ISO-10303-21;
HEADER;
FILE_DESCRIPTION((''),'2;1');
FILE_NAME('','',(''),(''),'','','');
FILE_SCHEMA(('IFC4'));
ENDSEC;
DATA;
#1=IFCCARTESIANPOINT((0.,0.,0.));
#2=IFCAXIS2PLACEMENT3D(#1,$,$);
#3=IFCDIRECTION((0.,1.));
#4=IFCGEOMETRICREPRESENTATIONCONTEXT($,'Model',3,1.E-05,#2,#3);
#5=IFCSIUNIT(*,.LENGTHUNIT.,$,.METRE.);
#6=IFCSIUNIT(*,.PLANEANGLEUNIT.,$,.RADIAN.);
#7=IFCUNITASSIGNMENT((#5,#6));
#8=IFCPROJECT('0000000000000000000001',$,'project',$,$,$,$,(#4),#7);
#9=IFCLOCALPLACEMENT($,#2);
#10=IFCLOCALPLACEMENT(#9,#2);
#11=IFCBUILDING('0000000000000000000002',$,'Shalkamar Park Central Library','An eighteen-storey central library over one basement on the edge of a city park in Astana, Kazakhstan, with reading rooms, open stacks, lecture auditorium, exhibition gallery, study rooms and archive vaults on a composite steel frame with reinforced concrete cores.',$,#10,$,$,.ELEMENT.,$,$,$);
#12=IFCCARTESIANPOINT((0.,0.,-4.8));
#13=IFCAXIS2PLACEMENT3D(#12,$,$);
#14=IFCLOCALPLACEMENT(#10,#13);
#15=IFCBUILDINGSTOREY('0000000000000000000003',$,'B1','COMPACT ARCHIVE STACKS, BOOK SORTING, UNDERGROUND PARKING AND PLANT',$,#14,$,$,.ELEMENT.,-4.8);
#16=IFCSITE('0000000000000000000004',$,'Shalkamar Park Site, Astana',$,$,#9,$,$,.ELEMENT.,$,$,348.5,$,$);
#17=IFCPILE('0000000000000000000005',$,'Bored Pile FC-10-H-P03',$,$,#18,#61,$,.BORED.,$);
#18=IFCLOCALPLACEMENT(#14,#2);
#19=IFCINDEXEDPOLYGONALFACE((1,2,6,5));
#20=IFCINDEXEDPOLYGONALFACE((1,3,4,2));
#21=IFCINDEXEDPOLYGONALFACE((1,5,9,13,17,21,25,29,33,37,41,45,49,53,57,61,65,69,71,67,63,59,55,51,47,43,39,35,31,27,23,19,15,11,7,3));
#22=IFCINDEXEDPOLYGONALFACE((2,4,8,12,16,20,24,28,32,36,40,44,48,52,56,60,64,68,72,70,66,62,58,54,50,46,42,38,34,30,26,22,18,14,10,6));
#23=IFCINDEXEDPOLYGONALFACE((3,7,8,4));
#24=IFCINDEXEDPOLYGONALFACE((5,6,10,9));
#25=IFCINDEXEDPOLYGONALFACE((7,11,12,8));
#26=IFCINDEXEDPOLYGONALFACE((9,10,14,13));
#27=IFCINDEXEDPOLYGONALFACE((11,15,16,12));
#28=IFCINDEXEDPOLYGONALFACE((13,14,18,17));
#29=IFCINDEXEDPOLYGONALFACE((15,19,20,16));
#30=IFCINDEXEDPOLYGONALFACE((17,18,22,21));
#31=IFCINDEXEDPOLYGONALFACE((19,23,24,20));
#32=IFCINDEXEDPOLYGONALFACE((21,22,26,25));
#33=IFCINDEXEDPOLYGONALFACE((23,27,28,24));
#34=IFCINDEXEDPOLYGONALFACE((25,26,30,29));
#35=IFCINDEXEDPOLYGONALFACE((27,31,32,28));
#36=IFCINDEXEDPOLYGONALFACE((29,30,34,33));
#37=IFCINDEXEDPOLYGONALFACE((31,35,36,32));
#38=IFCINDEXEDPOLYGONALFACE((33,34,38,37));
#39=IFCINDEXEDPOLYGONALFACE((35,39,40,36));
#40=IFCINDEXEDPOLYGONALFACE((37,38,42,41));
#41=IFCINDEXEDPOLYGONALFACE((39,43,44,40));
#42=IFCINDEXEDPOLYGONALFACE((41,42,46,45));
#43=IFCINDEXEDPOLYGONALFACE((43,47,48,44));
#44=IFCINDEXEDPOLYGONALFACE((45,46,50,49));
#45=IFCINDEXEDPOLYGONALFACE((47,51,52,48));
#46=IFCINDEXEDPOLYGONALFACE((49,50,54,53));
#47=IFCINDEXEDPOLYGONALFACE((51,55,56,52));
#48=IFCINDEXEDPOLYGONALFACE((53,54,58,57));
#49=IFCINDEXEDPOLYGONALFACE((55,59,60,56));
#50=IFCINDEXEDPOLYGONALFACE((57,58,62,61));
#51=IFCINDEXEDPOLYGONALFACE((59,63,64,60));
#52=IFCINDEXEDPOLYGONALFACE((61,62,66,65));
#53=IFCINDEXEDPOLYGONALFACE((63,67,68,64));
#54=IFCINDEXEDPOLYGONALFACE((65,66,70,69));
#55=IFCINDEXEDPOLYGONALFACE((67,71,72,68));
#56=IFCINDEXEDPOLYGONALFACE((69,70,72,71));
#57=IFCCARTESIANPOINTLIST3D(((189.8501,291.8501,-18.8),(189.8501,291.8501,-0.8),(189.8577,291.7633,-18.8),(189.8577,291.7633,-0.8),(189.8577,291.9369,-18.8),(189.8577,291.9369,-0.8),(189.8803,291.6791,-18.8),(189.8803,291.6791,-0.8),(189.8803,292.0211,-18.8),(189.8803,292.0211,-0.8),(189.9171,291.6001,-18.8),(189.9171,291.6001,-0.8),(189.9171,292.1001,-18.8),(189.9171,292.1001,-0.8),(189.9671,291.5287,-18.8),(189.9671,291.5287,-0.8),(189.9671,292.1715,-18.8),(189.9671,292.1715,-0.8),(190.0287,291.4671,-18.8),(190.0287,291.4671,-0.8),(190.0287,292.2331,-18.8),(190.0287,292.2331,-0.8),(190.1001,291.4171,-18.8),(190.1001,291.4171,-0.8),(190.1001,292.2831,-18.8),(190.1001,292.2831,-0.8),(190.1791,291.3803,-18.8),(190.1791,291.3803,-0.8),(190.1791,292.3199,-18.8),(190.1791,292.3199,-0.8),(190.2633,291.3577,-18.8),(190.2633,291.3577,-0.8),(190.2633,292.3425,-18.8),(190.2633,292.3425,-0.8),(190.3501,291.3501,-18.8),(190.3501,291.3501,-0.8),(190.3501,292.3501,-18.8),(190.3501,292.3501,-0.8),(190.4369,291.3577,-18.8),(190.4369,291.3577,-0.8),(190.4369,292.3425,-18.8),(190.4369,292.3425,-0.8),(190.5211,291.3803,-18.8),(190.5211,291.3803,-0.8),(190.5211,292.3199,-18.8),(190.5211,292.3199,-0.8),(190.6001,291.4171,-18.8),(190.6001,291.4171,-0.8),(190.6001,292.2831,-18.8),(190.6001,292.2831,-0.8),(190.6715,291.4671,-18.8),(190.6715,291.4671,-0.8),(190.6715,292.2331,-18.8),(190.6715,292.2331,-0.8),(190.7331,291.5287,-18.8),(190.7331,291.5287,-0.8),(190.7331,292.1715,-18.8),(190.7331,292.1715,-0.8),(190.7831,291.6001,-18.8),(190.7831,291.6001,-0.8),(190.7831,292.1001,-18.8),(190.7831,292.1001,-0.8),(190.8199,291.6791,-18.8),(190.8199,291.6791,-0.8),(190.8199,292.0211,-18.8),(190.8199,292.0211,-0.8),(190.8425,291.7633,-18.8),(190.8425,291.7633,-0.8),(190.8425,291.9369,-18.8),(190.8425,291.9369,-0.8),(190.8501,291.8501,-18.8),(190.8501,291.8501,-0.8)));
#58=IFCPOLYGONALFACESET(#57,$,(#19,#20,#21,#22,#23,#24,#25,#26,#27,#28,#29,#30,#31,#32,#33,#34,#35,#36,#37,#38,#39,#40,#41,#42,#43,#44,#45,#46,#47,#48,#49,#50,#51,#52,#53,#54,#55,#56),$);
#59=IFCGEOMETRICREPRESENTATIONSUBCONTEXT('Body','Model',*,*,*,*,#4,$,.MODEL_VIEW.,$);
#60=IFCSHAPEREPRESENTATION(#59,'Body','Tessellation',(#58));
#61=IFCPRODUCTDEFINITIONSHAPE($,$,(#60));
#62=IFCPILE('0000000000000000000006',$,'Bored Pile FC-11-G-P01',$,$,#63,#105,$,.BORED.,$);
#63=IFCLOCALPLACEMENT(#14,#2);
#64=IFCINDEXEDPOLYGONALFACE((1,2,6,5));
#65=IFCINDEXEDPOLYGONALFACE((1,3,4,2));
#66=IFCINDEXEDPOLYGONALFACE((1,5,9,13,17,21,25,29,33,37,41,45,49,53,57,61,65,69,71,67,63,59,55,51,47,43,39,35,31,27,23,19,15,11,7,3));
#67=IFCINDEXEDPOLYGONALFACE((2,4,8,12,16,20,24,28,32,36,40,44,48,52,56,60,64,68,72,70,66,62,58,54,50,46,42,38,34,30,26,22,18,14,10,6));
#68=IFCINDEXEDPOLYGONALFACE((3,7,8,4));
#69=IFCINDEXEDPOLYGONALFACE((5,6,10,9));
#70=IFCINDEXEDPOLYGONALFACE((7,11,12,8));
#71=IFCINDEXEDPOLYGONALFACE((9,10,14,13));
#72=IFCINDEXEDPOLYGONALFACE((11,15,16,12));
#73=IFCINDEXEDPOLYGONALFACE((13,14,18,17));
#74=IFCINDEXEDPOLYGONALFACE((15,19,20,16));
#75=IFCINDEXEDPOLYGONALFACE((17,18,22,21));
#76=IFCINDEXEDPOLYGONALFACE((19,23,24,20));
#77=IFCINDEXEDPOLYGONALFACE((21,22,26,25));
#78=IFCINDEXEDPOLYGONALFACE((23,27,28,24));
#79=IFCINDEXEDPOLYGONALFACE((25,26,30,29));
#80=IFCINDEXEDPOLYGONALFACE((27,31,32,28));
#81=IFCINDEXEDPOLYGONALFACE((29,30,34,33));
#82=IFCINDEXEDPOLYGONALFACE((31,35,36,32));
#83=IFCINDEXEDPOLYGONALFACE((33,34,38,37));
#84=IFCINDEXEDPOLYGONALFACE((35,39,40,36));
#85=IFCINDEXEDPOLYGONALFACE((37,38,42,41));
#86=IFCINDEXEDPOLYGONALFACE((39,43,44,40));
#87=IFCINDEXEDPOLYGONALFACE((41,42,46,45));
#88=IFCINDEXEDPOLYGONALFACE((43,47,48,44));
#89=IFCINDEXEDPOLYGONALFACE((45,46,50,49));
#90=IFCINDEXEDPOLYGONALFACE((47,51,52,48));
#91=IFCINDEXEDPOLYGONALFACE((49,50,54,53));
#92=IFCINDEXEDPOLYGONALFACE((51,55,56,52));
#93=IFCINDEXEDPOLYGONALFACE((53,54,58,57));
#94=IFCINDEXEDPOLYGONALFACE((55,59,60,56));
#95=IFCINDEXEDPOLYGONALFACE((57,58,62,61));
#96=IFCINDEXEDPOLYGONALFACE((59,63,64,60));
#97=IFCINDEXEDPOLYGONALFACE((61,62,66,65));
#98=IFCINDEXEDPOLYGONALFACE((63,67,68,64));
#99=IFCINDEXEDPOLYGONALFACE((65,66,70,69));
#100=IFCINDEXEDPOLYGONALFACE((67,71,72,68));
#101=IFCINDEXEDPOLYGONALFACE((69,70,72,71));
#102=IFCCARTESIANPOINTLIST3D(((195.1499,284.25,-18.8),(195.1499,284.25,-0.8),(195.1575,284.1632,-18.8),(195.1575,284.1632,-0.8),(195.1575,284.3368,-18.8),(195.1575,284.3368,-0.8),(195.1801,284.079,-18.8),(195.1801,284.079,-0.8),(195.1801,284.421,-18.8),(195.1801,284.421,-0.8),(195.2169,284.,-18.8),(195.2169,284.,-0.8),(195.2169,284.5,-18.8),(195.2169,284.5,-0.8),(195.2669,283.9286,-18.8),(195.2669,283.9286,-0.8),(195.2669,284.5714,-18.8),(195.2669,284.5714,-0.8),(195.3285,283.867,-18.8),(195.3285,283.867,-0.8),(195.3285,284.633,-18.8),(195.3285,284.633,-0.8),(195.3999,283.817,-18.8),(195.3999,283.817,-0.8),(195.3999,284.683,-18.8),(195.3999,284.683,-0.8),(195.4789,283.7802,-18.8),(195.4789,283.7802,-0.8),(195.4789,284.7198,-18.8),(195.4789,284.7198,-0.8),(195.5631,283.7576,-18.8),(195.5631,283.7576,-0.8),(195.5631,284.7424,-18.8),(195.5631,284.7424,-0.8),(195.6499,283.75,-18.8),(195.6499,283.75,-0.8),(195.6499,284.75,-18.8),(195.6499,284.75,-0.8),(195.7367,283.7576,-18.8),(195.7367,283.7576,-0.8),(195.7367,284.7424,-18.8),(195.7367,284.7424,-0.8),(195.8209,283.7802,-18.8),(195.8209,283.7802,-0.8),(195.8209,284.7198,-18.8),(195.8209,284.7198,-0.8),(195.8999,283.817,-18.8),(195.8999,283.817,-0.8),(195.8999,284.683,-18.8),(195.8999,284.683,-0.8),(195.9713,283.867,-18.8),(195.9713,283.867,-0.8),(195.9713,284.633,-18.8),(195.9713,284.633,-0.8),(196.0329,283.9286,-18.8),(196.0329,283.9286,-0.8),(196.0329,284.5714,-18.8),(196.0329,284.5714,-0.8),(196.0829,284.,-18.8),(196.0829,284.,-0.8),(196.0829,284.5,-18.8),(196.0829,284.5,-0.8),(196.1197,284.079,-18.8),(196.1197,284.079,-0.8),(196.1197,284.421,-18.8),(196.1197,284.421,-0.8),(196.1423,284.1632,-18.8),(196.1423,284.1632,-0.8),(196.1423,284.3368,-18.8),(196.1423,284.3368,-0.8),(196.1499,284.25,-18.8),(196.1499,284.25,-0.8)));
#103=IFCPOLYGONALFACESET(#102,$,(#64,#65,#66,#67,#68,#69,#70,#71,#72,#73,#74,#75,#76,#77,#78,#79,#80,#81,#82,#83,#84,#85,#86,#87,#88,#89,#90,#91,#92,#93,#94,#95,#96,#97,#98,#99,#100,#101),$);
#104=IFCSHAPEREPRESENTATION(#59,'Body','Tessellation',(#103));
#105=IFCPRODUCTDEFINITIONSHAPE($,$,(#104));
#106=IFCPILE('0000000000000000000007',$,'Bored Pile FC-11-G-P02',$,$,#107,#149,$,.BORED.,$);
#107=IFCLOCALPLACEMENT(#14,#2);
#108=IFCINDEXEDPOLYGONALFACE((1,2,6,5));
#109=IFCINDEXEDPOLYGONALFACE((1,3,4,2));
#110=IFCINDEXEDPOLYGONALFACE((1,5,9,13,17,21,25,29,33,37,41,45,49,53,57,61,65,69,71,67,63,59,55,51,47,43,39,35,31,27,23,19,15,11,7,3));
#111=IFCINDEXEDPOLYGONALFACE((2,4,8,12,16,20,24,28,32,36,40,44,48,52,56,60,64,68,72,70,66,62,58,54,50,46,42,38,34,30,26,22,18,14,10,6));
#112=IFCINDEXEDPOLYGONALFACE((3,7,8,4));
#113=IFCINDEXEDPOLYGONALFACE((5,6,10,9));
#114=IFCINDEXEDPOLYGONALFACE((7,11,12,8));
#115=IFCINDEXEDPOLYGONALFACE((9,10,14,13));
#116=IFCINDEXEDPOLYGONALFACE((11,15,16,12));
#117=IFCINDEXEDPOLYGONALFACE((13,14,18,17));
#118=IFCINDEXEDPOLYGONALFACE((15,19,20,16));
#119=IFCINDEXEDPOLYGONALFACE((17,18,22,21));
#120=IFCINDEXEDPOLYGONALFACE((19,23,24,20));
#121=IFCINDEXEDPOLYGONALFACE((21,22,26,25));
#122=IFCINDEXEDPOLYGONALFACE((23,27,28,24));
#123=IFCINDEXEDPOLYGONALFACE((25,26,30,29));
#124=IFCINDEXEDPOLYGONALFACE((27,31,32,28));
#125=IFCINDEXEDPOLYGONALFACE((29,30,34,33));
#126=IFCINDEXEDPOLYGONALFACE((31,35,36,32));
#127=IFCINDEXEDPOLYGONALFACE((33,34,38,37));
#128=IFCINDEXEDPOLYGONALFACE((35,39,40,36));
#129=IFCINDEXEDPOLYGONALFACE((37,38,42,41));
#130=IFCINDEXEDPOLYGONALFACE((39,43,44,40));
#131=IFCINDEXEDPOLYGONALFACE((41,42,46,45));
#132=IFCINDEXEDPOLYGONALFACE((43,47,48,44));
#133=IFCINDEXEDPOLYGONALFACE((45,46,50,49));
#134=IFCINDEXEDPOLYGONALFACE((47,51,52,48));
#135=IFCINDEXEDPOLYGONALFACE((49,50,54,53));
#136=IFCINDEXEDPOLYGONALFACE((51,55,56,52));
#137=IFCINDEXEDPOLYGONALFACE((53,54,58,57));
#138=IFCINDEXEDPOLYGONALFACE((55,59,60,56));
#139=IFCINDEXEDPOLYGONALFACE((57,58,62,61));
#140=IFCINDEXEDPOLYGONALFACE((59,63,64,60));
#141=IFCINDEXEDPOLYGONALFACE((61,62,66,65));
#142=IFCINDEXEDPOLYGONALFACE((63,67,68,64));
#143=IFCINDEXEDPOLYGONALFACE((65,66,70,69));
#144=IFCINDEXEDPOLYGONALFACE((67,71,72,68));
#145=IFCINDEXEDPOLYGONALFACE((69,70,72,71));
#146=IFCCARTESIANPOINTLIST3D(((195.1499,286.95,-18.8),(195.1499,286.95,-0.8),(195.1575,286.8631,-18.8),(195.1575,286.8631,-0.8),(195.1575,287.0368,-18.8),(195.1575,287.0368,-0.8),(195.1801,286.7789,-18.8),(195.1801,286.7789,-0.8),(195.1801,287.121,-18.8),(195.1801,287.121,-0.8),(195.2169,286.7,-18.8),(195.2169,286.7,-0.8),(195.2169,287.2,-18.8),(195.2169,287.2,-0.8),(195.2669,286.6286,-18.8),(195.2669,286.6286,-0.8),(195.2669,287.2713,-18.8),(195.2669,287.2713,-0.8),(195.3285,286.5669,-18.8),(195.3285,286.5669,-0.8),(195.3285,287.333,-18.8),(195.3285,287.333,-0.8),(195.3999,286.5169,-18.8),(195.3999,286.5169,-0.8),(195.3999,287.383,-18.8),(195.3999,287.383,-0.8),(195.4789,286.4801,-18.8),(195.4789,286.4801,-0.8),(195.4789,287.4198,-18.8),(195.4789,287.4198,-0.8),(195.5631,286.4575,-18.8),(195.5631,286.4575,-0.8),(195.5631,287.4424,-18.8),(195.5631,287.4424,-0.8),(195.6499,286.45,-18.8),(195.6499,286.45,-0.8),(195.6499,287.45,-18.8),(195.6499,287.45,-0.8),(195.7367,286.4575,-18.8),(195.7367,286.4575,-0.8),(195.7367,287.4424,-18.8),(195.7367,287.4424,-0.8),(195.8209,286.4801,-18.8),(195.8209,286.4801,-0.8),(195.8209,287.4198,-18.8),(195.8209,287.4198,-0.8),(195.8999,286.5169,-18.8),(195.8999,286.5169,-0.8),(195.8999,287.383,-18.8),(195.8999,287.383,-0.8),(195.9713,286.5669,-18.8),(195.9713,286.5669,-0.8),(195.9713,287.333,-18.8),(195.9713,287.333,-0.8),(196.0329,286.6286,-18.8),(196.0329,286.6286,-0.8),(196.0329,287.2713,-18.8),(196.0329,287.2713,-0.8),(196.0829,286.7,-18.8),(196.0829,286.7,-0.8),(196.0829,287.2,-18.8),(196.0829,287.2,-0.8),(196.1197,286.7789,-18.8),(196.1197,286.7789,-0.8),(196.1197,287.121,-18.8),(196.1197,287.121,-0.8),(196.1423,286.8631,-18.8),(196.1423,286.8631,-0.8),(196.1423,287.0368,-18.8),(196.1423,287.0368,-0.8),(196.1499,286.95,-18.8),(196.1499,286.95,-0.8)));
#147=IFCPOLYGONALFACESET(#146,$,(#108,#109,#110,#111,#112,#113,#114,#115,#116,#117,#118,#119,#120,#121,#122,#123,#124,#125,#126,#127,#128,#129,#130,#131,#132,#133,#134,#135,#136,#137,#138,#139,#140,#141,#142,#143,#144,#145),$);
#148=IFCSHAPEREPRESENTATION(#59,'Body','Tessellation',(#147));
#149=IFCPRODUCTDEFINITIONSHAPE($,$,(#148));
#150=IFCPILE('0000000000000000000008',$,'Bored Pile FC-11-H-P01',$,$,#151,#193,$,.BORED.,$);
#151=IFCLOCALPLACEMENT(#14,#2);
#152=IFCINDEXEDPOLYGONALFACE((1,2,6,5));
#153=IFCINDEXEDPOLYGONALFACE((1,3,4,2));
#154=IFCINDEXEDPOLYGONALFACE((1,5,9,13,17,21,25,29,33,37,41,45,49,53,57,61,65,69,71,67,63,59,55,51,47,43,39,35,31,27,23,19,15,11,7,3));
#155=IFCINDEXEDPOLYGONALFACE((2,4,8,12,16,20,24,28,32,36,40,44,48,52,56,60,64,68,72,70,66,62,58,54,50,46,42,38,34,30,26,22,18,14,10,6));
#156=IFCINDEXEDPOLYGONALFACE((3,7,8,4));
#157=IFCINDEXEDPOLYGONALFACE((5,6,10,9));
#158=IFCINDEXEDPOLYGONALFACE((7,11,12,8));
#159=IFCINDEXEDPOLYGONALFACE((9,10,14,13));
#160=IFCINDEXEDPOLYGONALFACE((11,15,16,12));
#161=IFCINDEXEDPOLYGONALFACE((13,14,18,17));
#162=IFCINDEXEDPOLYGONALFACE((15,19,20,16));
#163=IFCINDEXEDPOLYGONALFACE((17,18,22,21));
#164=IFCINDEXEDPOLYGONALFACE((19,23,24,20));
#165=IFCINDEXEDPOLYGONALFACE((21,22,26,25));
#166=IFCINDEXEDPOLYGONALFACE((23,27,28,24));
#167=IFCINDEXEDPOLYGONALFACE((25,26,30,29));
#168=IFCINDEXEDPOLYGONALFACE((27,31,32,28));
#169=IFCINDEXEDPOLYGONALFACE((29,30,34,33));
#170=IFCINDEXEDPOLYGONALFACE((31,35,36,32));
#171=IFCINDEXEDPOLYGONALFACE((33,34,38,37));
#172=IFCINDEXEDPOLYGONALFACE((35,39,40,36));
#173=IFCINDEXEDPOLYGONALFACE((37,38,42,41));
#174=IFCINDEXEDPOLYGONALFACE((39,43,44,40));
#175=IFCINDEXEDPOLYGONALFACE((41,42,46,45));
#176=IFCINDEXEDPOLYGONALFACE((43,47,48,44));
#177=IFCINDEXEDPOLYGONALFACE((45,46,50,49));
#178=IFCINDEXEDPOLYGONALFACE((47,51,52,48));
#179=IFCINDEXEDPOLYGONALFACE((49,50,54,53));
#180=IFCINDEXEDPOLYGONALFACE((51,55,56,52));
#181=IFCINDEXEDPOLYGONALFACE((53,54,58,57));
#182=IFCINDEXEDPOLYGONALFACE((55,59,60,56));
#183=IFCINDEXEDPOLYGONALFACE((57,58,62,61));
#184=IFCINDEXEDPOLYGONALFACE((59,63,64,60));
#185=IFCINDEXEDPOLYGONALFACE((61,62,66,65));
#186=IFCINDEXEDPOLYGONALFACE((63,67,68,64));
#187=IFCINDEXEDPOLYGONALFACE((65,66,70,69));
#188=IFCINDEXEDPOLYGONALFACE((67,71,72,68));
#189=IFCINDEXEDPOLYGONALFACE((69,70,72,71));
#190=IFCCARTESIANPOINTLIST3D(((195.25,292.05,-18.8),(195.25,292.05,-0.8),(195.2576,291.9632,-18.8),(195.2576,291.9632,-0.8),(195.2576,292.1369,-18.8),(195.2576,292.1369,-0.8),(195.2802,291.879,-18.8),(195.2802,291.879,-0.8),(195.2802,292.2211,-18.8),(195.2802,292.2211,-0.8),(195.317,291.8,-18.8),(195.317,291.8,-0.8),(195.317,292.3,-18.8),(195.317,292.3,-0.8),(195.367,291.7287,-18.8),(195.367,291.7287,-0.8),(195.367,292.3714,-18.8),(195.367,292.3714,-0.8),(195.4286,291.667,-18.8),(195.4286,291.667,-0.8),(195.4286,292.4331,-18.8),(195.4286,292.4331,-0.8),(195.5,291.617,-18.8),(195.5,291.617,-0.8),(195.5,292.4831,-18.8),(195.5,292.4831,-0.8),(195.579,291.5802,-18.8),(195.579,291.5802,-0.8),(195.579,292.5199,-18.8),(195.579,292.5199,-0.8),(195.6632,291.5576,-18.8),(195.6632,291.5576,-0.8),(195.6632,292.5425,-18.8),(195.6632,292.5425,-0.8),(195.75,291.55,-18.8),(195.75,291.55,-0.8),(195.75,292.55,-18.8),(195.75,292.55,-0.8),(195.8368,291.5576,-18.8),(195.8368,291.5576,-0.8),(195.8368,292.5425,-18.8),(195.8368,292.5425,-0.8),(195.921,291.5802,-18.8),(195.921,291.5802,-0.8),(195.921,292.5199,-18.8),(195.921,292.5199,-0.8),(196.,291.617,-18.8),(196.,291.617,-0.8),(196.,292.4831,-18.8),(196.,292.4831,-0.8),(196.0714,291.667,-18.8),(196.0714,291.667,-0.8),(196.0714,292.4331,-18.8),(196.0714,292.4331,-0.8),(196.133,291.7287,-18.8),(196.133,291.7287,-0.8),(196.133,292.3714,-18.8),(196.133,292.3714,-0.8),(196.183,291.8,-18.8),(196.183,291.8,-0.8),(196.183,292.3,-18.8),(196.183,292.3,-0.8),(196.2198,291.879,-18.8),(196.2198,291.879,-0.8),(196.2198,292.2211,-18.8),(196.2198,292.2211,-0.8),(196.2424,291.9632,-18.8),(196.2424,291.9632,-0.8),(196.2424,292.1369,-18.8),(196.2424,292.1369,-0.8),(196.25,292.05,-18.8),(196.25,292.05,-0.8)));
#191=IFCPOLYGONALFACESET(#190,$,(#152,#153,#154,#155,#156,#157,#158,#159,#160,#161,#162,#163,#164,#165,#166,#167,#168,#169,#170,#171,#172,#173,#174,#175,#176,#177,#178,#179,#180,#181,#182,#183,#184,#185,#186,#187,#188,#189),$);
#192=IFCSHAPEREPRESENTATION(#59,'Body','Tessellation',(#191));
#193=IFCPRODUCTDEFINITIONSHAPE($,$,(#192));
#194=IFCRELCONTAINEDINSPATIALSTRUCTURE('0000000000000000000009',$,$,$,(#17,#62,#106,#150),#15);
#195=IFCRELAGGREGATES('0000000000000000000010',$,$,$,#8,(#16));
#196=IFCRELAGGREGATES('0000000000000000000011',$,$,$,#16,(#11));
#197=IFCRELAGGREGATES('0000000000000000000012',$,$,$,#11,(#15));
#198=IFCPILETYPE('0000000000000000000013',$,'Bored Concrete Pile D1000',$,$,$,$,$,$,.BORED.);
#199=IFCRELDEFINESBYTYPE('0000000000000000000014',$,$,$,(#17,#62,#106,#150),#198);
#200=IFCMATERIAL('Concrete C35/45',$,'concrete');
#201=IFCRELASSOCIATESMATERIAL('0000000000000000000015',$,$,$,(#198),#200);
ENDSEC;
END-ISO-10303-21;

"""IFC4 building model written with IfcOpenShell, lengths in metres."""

from ifc_helpers import new_model, si_unit, direction, frame, origin, origin_2d, place, context, subcontext, project, spatial, circle, extrude, material, material_profile, profile_set, type_object, element, save


model = new_model("IFC4")

# Units and contexts
model_context = context("Model", 3, precision=1e-05, world=origin(), true_north=direction((0.0, 1.0)))
body_context = subcontext(model_context, "Body", "Model", "MODEL_VIEW")
ifc_project = project(units=[si_unit("LENGTHUNIT", "METRE"), si_unit("PLANEANGLEUNIT", "RADIAN")], contexts=[model_context])

# Site, building, storey
site_placement = place(None, origin())
site = spatial("IfcSite", under=ifc_project, at=site_placement, Name="Shalkamar Park Site, Astana", CompositionType="ELEMENT", RefElevation=348.5)
building_placement = place(site_placement, origin())
building = spatial("IfcBuilding", under=site, at=building_placement, Name="Shalkamar Park Central Library", Description="An eighteen-storey central library over one basement on the edge of a city park in Astana, Kazakhstan, with reading rooms, open stacks, lecture auditorium, exhibition gallery, study rooms and archive vaults on a composite steel frame with reinforced concrete cores.", CompositionType="ELEMENT")
storey_placement = place(building_placement, frame((0.0, 0.0, -4.8)))
storey = spatial("IfcBuildingStorey", under=building, at=storey_placement, Name="B1", Description="COMPACT ARCHIVE STACKS, BOOK SORTING, UNDERGROUND PARKING AND PLANT", CompositionType="ELEMENT", Elevation=-4.8)

# Piles
ifc_material_1 = material(Name="Concrete C35/45", Category="concrete")
ifc_material_profile_1 = material_profile(ifc_material_1, circle(Radius=0.5, at=origin_2d()), Name="PILE D1000")
ifc_profile_set_1 = profile_set([ifc_material_profile_1], Name="Concrete C35/45")
pile_type_1 = type_object("IfcPileType", Name="Bored Concrete Pile D1000", PredefinedType="BORED", material=ifc_profile_set_1)
for number, where, z_axis, x_axis, name in (
    (1, (190.3501, 291.8501, -0.8), (0.0, 0.0, -1.0), (1.0, 0.0, 0.0), "Bored Pile FC-10-H-P03"),
    (2, (195.6499, 284.25, -0.8), (0.0, 0.0, -1.0), (1.0, 0.0, 0.0), "Bored Pile FC-11-G-P01"),
    (3, (195.6499, 286.95, -0.8), (0.0, 0.0, -1.0), (1.0, 0.0, 0.0), "Bored Pile FC-11-G-P02"),
    (4, (195.75, 292.05, -0.8), (0.0, 0.0, -1.0), (1.0, 0.0, 0.0), "Bored Pile FC-11-H-P01"),
):
    element("IfcPile", number, at=place(storey_placement, frame(where, z_axis=z_axis, x_axis=x_axis)), inside=storey, type_object=pile_type_1, Name=name, PredefinedType="BORED", context=body_context, shape_type="SweptSolid", body=[
        extrude(circle(Radius=0.5, at=origin_2d()), origin(), (0.0, 0.0, 1.0), 18.0),
    ])

save(model, "model.ifc")
